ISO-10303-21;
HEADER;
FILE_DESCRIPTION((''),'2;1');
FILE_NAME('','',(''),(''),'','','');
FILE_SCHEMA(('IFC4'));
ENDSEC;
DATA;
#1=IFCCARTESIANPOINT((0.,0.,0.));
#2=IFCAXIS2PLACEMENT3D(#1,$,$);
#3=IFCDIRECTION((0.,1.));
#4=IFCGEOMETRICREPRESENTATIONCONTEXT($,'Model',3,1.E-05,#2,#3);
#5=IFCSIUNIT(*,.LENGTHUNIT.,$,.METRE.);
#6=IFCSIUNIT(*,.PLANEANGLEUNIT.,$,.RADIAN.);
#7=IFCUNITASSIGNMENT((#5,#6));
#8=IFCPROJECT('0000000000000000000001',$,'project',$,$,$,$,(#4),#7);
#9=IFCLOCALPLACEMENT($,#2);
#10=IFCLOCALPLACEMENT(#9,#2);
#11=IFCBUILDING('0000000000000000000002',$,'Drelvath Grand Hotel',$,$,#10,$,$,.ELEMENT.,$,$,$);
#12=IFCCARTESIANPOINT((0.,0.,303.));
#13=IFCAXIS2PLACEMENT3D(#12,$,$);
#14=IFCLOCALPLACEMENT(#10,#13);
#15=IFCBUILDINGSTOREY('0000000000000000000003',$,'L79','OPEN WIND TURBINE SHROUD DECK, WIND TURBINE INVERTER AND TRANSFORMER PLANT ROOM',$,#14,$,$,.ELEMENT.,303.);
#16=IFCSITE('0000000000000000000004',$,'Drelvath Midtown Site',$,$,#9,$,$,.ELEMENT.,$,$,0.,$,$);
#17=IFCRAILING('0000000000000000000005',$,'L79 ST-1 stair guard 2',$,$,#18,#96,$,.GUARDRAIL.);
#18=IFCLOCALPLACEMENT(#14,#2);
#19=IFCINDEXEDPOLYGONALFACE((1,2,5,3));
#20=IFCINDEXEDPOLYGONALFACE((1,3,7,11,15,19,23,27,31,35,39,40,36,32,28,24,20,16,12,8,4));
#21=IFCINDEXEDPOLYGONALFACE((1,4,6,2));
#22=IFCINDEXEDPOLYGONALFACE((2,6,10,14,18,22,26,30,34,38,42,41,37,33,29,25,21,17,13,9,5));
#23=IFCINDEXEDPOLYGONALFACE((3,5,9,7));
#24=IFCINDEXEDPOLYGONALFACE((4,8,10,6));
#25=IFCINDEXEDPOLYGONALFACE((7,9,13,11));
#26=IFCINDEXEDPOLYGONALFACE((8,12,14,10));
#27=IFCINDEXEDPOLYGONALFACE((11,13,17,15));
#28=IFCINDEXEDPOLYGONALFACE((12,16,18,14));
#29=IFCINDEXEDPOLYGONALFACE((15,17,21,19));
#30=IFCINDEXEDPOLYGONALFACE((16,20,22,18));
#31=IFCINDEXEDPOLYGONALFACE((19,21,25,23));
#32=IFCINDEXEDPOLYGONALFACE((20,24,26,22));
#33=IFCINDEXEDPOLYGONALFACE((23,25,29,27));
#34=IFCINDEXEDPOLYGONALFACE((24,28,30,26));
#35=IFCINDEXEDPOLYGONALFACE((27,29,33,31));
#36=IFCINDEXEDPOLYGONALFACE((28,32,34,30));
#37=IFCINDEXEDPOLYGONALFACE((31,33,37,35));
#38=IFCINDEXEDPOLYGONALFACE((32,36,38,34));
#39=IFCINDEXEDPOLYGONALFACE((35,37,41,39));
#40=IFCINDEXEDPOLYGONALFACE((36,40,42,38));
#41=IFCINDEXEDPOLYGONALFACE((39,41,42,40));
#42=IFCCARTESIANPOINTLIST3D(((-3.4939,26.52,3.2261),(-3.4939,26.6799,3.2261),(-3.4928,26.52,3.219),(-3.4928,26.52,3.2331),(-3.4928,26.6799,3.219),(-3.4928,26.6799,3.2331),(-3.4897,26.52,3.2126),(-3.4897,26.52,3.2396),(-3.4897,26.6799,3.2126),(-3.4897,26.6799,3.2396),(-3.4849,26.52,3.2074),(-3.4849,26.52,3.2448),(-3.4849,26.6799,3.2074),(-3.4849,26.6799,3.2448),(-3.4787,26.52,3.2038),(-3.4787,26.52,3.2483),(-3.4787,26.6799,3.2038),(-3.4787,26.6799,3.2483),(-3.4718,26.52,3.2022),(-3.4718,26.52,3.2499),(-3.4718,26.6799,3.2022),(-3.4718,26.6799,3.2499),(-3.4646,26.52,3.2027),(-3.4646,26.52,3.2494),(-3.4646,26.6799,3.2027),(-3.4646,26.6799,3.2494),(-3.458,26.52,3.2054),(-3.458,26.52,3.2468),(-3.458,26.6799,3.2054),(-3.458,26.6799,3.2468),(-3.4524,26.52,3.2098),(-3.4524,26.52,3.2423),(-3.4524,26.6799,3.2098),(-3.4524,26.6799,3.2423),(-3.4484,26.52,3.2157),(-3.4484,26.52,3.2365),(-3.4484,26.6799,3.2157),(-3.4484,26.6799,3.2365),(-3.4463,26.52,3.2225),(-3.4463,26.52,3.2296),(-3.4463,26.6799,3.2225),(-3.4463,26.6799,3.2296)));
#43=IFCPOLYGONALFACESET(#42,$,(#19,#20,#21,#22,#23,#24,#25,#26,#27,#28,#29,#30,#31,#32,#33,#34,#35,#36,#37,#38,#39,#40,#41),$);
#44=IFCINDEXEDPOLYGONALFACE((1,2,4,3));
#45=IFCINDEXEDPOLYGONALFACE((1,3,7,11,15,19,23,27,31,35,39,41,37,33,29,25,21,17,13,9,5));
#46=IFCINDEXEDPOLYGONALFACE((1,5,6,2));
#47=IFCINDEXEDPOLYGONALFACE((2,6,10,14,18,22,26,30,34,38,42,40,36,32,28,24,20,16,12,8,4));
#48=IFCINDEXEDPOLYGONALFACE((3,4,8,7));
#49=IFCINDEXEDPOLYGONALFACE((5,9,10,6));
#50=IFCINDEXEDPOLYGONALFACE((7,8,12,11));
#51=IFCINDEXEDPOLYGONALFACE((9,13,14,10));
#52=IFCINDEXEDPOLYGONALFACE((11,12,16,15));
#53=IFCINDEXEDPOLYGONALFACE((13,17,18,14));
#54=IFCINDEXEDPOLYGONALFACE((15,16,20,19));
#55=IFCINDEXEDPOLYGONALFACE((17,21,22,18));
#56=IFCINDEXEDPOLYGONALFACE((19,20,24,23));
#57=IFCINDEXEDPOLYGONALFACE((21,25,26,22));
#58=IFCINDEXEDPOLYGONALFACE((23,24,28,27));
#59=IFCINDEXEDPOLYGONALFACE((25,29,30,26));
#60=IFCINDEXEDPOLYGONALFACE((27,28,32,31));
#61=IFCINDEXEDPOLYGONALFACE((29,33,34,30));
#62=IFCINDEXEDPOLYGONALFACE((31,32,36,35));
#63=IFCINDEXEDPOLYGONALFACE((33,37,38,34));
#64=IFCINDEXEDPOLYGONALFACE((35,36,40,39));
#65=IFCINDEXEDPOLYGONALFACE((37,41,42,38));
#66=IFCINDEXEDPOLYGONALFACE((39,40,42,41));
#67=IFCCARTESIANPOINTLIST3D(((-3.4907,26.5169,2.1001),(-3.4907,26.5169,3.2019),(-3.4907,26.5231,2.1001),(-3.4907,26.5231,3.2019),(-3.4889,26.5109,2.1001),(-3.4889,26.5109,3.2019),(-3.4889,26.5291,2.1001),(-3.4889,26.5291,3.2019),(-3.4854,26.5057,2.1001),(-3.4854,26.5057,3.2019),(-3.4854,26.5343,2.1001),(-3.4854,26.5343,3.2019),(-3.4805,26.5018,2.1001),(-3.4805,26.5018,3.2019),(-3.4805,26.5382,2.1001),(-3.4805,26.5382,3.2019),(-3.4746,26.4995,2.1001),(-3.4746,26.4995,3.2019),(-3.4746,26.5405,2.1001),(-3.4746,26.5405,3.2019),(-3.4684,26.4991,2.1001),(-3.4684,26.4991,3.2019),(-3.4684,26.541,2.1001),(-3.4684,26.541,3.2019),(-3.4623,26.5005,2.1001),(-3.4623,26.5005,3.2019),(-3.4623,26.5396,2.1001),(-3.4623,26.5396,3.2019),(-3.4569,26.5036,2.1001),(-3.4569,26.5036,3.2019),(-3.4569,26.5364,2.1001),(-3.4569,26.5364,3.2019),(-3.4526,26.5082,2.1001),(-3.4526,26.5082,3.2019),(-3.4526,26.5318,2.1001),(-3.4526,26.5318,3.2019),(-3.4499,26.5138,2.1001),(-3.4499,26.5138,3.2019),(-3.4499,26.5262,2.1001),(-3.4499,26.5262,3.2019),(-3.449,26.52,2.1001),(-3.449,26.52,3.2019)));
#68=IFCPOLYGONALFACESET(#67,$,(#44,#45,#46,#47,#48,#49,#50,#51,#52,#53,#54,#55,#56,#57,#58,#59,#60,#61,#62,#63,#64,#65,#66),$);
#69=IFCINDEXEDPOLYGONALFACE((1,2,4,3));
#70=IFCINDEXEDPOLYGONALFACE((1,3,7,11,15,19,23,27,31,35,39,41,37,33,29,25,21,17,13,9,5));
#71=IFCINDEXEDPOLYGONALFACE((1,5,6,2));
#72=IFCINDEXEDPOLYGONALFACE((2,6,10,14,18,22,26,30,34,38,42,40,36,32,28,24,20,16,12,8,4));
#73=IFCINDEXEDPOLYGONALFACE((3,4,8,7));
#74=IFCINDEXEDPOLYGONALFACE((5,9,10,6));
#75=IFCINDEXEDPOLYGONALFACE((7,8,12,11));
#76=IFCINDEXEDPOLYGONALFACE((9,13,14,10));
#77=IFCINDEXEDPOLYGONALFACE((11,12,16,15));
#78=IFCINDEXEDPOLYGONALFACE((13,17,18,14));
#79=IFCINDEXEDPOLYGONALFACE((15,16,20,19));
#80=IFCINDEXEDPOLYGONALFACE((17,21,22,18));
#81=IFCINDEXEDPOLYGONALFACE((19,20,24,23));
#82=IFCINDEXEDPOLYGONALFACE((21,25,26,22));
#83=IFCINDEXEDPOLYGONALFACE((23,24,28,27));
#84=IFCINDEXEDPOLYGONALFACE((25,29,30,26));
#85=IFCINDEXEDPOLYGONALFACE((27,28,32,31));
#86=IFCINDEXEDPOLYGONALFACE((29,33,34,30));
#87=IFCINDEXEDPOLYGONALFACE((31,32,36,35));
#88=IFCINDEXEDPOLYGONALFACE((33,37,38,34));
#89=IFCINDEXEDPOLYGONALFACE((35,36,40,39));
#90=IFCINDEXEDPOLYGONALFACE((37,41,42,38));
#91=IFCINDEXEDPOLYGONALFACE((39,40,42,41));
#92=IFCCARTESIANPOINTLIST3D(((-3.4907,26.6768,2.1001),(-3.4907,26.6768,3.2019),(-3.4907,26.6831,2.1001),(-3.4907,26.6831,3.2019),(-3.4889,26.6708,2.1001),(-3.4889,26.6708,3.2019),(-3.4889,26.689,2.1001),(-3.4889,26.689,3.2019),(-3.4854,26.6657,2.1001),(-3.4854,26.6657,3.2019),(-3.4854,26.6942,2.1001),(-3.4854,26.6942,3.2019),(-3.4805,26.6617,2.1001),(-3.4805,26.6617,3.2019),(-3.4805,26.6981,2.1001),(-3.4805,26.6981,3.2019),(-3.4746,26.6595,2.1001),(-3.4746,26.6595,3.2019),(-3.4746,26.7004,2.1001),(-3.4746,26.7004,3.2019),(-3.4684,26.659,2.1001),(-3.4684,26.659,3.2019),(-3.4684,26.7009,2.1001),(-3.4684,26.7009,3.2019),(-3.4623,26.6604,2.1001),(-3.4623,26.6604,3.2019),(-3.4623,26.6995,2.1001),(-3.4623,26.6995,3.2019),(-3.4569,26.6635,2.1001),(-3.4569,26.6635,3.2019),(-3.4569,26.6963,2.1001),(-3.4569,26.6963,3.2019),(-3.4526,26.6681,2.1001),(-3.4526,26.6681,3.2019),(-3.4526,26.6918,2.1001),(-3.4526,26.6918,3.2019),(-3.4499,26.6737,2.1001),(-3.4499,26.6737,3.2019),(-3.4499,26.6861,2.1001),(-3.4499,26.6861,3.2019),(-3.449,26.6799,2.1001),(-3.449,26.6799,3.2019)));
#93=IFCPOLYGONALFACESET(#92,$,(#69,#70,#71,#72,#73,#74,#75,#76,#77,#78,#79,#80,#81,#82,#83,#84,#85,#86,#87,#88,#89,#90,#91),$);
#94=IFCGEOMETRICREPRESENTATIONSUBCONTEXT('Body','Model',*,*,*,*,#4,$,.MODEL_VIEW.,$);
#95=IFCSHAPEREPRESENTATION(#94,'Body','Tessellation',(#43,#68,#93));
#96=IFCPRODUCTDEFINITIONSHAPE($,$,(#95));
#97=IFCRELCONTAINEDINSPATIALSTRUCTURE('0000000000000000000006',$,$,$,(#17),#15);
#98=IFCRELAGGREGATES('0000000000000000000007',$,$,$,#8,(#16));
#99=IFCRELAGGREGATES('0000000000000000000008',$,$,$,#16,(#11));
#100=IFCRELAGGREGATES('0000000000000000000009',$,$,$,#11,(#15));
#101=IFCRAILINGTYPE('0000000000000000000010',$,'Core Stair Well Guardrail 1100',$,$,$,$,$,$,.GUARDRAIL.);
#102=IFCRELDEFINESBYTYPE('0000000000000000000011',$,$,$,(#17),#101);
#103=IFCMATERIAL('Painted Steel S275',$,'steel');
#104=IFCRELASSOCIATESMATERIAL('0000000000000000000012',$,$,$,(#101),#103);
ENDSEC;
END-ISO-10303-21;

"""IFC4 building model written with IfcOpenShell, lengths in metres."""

from ifc_helpers import new_model, si_unit, direction, frame, origin, origin_2d, place, context, subcontext, project, spatial, circle, extrude, material, type_object, element, save


model = new_model("IFC4")

# Units and contexts
model_context = context("Model", 3, precision=1e-05, world=origin(), true_north=direction((0.0, 1.0)))
body_context = subcontext(model_context, "Body", "Model", "MODEL_VIEW")
ifc_project = project(units=[si_unit("LENGTHUNIT", "METRE"), si_unit("PLANEANGLEUNIT", "RADIAN")], contexts=[model_context])

# Site, building, storey
site_placement = place(None, origin())
site = spatial("IfcSite", under=ifc_project, at=site_placement, Name="Drelvath Midtown Site", CompositionType="ELEMENT", RefElevation=0.0)
building_placement = place(site_placement, origin())
building = spatial("IfcBuilding", under=site, at=building_placement, Name="Drelvath Grand Hotel", CompositionType="ELEMENT")
storey_placement = place(building_placement, frame((0.0, 0.0, 303.0)))
storey = spatial("IfcBuildingStorey", under=building, at=storey_placement, Name="L79", Description="OPEN WIND TURBINE SHROUD DECK, WIND TURBINE INVERTER AND TRANSFORMER PLANT ROOM", CompositionType="ELEMENT", Elevation=303.0)

# Shared definitions
ifc_material_1 = material(Name="Painted Steel S275", Category="steel")

# Railing
railing_type_1 = type_object("IfcRailingType", Name="Core Stair Well Guardrail 1100", PredefinedType="GUARDRAIL", material=ifc_material_1)
railing_1_placement = place(storey_placement, frame((-3.47, 26.52, 2.1001)))
element("IfcRailing", 1, at=railing_1_placement, inside=storey, type_object=railing_type_1, Name="L79 ST-1 stair guard 2", PredefinedType="GUARDRAIL", context=body_context, shape_type="SweptSolid", body=[
    extrude(circle(Radius=0.0239, at=origin_2d()), frame((0.0, 0.0, 1.126), z_axis=(0.0, 1.0, 0.0), x_axis=(-1.0, 0.0, 0.0)), (0.0, 0.0, 1.0), 0.1599),
    extrude(circle(Radius=0.021, at=origin_2d()), origin(), (0.0, 0.0, 1.0), 1.1018),
    extrude(circle(Radius=0.021, at=origin_2d()), frame((0.0, 0.1599, 0.0)), (0.0, 0.0, 1.0), 1.1018),
])

save(model, "model.ifc")
